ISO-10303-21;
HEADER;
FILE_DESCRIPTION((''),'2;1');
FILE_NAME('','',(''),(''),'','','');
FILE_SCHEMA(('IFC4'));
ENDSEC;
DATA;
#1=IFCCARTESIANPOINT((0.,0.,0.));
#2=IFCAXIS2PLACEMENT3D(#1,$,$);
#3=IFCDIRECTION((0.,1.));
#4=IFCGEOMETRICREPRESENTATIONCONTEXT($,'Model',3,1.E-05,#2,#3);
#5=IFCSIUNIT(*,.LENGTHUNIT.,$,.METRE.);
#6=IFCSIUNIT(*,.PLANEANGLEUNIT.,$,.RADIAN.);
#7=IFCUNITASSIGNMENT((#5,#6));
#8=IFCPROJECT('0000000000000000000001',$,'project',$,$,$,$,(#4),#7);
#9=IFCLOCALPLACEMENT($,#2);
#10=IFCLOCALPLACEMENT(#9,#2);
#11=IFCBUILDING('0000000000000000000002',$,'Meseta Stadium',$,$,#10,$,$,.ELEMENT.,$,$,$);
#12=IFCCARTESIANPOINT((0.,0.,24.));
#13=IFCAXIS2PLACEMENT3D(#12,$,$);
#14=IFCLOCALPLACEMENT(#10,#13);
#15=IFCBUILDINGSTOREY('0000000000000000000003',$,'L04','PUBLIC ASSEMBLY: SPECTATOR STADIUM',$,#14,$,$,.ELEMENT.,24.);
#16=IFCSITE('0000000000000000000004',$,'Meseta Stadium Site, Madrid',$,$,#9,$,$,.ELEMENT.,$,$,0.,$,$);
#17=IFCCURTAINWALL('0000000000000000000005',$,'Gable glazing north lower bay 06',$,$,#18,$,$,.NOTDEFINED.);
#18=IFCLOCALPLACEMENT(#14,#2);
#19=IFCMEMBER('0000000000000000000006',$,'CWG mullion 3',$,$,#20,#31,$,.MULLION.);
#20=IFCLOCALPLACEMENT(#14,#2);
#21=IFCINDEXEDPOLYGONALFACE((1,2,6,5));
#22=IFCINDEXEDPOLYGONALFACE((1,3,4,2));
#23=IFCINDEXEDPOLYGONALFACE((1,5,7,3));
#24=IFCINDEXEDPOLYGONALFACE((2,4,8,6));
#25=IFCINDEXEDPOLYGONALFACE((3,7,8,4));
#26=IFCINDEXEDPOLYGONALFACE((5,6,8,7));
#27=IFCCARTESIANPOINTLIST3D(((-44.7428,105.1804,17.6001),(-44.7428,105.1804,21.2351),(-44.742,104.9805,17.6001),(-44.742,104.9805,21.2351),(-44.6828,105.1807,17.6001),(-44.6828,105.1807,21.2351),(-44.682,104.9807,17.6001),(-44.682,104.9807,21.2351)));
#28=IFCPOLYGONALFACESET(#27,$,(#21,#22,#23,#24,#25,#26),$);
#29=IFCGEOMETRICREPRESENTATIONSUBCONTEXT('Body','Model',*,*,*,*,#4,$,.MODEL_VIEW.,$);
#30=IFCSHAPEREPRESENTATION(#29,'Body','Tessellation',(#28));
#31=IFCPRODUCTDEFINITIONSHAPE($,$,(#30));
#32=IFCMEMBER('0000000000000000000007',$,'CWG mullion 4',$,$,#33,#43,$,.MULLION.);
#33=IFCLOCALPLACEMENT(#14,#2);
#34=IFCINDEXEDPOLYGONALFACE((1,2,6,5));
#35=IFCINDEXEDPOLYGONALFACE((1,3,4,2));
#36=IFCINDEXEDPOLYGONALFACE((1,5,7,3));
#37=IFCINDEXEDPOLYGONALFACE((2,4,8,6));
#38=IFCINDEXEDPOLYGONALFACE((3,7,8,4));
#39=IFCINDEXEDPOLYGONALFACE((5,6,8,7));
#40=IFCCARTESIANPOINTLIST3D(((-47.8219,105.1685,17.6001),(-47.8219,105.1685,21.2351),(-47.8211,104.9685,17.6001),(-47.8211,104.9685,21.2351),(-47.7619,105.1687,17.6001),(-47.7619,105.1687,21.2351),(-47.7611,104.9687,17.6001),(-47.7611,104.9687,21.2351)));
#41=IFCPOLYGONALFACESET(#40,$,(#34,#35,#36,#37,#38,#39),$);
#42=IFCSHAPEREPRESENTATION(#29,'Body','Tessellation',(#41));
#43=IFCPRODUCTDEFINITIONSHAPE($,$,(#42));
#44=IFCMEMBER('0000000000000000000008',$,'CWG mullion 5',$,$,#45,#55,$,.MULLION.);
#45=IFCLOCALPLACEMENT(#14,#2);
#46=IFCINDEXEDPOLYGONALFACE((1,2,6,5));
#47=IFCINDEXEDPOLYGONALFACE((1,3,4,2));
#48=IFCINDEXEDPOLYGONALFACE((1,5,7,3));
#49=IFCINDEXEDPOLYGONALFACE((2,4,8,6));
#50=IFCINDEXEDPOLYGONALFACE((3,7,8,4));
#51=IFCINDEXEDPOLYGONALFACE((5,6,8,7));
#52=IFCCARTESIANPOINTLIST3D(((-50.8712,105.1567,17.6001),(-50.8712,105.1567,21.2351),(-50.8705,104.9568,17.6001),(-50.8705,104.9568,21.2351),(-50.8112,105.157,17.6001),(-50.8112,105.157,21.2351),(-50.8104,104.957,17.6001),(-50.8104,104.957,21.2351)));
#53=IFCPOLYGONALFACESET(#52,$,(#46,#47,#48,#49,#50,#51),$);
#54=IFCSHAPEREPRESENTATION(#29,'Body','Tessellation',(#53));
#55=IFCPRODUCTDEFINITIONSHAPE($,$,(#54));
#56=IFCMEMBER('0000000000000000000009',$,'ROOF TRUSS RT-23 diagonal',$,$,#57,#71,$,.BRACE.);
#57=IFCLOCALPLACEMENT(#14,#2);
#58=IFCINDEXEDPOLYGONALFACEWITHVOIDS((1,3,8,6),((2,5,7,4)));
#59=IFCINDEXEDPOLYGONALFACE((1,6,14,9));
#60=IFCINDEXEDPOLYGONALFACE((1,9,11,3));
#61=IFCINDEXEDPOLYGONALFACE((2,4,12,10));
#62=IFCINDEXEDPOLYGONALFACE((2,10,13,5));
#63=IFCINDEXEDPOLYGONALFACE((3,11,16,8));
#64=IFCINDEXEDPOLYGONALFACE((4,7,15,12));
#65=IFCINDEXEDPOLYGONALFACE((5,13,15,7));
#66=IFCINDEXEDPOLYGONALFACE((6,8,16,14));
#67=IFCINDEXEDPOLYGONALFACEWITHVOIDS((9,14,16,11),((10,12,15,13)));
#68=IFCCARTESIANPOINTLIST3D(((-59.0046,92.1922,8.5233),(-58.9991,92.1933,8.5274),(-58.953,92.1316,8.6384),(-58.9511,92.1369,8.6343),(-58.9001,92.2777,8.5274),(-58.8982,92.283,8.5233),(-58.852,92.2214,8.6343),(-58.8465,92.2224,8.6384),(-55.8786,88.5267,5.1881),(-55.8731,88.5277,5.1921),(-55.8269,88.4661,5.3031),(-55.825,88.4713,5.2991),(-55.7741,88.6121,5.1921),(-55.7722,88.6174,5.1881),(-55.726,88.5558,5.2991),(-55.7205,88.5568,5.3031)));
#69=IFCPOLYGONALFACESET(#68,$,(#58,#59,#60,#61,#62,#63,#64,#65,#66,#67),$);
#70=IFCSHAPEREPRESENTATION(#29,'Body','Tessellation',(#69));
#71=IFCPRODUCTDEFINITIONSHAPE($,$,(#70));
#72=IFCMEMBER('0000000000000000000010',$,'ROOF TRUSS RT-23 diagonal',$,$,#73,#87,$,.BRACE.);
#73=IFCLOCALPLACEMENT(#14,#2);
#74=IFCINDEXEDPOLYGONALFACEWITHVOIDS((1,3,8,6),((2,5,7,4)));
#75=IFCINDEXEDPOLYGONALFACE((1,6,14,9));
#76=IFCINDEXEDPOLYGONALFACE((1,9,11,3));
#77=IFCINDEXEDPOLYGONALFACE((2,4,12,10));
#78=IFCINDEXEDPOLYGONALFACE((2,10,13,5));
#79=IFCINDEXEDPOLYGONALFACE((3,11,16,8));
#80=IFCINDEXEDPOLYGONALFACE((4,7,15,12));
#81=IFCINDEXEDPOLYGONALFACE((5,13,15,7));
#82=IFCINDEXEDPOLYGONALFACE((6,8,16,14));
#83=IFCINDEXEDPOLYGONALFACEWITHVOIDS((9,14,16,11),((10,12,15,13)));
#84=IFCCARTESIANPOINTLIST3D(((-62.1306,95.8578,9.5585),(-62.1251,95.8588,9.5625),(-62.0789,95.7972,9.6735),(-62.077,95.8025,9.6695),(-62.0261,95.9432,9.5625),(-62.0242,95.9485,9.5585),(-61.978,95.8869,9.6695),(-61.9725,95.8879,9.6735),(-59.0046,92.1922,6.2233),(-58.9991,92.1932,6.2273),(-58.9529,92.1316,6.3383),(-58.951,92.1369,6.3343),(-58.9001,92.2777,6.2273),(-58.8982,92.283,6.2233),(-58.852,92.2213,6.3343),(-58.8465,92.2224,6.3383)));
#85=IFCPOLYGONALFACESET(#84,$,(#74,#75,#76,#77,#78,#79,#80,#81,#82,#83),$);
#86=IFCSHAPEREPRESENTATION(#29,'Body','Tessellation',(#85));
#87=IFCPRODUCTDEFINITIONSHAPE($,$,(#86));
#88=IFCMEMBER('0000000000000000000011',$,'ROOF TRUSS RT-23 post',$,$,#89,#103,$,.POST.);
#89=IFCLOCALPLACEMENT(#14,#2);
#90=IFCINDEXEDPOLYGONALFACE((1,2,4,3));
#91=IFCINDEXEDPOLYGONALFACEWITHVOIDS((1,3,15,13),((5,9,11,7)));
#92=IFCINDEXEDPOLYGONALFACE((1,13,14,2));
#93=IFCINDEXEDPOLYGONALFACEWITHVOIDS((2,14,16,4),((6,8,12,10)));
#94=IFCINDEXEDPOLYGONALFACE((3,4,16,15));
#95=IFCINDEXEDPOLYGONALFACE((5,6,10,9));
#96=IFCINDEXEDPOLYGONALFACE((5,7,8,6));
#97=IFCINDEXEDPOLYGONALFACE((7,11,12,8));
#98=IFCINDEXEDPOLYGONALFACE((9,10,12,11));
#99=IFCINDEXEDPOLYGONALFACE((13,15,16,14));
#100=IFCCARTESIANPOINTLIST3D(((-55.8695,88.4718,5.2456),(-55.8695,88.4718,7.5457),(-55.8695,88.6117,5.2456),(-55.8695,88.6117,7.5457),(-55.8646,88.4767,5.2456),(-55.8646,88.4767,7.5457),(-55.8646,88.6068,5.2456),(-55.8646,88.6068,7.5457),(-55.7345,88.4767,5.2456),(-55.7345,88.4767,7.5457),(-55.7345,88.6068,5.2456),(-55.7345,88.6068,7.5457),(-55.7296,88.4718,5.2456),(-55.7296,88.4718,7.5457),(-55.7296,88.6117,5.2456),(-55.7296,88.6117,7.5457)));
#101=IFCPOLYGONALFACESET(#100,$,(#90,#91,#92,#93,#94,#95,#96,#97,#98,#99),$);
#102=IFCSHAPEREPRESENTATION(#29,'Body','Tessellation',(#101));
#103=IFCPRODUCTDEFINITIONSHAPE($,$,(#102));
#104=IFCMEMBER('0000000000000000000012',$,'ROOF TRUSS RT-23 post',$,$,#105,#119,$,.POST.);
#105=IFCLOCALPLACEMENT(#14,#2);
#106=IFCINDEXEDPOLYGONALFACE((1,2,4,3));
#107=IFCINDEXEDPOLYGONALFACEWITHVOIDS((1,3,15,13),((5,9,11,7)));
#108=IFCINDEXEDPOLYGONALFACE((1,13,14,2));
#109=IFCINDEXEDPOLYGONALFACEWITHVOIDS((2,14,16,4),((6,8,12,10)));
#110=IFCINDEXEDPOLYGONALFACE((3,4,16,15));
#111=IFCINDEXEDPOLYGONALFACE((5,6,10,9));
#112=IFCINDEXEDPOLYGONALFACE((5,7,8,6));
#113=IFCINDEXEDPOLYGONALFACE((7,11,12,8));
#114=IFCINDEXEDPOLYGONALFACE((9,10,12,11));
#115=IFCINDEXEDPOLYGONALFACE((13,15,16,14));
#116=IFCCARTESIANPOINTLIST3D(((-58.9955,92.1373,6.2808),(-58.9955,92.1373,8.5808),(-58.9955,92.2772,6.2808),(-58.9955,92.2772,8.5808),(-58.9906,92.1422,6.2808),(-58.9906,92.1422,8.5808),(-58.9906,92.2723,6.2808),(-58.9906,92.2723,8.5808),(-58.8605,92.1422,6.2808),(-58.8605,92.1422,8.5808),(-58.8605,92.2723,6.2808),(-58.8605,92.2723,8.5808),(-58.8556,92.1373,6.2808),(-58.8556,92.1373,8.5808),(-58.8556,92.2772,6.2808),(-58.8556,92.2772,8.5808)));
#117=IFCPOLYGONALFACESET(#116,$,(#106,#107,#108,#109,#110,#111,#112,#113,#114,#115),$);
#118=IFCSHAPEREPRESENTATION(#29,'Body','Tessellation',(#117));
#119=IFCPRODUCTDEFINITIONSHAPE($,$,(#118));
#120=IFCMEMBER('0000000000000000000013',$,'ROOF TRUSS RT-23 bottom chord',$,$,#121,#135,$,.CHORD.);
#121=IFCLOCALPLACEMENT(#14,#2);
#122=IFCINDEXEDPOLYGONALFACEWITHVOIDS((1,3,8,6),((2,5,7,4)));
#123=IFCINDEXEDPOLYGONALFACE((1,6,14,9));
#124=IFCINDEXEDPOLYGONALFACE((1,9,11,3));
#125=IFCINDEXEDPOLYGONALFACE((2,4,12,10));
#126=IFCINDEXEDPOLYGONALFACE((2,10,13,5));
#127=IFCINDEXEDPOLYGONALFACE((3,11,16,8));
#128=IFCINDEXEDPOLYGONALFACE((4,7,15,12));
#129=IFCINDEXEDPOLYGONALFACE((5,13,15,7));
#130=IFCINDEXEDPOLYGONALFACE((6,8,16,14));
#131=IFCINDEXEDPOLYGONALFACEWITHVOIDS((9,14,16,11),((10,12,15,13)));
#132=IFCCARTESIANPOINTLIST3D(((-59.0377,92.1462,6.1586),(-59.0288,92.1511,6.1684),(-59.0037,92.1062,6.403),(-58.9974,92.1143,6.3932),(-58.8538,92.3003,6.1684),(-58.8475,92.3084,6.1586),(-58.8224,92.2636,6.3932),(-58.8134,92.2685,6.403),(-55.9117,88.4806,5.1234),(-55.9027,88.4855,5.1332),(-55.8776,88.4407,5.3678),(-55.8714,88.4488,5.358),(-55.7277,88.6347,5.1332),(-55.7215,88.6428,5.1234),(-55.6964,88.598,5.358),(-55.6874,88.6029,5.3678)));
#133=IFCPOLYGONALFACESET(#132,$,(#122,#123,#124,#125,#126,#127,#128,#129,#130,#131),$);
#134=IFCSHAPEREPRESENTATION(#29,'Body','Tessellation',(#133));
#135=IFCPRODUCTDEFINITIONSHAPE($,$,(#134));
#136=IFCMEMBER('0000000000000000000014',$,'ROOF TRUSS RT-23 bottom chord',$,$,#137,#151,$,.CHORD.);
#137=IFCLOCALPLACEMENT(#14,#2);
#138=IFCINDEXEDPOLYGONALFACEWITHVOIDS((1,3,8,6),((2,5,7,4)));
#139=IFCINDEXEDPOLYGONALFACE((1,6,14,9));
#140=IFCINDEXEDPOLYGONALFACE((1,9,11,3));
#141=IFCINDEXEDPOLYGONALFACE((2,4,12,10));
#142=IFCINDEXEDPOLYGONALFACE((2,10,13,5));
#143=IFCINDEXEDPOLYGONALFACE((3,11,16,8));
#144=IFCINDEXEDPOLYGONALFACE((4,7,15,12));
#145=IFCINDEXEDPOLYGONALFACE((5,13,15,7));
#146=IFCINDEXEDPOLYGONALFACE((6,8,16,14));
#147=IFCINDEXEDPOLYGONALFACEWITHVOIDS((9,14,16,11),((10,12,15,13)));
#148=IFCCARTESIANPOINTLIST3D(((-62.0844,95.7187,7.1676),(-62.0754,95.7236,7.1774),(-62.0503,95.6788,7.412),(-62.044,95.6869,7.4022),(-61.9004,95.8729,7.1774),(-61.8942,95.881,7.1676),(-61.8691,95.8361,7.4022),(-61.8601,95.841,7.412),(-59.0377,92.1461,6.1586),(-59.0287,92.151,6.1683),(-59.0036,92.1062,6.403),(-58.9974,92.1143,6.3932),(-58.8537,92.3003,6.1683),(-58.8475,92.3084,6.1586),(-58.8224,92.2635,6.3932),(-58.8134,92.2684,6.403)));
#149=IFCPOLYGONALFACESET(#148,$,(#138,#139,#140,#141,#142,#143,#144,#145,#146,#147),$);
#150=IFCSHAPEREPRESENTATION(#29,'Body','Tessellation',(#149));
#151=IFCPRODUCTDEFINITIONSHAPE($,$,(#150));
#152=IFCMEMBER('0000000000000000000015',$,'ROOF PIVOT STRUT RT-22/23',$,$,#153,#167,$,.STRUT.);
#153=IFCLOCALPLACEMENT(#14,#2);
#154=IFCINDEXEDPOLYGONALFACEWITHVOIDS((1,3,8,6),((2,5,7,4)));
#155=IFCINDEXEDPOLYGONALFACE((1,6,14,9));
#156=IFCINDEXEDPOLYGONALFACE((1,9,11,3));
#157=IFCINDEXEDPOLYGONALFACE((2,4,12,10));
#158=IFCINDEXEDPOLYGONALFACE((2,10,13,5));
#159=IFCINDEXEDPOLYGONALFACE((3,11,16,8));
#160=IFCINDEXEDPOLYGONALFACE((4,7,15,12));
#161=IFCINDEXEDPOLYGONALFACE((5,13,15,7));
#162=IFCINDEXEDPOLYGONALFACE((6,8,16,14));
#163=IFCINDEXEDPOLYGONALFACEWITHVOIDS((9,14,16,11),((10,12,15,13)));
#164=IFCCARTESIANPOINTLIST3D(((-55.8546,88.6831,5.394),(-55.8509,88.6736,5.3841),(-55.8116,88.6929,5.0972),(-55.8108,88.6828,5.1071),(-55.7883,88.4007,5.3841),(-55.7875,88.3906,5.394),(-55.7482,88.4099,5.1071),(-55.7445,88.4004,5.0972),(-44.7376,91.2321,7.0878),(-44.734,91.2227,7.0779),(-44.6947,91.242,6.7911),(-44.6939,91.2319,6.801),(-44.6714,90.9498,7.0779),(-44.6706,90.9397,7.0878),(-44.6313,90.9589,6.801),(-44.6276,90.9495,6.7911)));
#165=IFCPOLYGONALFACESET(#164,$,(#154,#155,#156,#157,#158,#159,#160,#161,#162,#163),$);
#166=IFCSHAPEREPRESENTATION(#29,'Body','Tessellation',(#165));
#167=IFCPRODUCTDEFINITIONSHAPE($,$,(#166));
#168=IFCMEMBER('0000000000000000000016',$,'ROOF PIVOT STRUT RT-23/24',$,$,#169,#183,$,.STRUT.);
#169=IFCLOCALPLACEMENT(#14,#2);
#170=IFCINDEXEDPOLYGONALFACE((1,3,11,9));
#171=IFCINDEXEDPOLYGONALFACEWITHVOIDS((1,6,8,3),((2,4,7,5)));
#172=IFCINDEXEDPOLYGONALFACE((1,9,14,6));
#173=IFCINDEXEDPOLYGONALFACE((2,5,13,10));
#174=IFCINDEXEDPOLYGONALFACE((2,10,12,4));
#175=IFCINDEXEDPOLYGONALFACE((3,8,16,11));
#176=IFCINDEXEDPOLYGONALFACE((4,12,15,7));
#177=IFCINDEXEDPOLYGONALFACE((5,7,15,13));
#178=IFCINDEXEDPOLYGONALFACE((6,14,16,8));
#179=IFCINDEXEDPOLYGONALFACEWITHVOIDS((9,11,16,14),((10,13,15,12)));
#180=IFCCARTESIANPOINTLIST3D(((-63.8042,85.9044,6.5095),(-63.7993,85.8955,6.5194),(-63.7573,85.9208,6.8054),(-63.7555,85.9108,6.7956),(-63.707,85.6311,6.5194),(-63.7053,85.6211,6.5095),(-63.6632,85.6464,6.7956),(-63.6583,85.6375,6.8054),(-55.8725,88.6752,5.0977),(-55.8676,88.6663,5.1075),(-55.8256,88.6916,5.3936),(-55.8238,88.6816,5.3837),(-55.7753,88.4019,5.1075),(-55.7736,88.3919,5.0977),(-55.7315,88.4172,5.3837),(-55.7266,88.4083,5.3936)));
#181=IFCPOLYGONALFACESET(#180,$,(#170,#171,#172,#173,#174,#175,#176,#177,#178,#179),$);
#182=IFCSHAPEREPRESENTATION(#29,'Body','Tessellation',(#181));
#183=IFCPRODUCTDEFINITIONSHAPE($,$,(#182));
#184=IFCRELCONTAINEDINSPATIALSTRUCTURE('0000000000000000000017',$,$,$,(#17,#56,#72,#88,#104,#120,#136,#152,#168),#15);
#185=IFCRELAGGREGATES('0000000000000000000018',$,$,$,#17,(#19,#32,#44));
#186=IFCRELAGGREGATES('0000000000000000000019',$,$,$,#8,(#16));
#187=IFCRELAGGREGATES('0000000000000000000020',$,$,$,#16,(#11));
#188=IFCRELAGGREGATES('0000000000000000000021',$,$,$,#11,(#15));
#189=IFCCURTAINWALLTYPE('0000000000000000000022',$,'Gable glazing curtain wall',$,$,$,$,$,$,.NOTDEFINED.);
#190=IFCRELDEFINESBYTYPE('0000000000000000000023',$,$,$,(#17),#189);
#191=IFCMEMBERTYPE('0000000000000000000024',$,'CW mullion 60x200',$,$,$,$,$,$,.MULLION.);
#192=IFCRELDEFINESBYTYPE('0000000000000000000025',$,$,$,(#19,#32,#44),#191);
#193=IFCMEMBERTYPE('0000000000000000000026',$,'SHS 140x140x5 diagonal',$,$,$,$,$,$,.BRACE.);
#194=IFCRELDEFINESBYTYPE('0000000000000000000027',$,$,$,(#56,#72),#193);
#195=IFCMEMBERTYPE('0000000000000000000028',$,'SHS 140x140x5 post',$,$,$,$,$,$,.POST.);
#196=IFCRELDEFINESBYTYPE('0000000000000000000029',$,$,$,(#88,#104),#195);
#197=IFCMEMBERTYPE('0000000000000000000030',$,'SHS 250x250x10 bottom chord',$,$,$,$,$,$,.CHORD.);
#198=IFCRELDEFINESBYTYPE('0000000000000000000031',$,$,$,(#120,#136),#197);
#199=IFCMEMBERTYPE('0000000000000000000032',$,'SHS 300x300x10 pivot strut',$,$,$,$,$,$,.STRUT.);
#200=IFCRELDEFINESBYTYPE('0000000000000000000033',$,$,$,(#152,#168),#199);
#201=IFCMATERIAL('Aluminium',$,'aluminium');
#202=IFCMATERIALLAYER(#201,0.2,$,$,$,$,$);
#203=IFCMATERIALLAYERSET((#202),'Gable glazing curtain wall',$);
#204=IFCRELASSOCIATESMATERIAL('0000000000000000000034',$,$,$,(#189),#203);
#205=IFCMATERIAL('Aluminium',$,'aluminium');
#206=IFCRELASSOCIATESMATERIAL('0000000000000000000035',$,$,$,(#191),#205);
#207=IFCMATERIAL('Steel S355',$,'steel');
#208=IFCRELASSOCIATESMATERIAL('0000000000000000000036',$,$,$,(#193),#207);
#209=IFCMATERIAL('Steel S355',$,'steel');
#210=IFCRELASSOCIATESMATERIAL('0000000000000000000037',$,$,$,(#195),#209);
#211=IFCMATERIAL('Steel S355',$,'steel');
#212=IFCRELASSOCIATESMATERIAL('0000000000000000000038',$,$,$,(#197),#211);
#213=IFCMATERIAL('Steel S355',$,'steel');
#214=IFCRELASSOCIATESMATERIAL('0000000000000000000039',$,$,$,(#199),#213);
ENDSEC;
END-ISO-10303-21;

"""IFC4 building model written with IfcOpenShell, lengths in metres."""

from ifc_helpers import new_model, si_unit, direction, frame, origin, origin_2d, place, context, subcontext, project, spatial, rectangle, hollow_rectangle, extrude, material, layer, layer_set, material_profile, profile_set, type_object, element, aggregate, save


model = new_model("IFC4")

# Units and contexts
model_context = context("Model", 3, precision=1e-05, world=origin(), true_north=direction((0.0, 1.0)))
body_context = subcontext(model_context, "Body", "Model", "MODEL_VIEW")
ifc_project = project(units=[si_unit("LENGTHUNIT", "METRE"), si_unit("PLANEANGLEUNIT", "RADIAN")], contexts=[model_context])

# Site, building, storey
site_placement = place(None, origin())
site = spatial("IfcSite", under=ifc_project, at=site_placement, Name="Meseta Stadium Site, Madrid", CompositionType="ELEMENT", RefElevation=0.0)
building_placement = place(site_placement, origin())
building = spatial("IfcBuilding", under=site, at=building_placement, Name="Meseta Stadium", CompositionType="ELEMENT")
storey_placement = place(building_placement, frame((0.0, 0.0, 24.0)))
storey = spatial("IfcBuildingStorey", under=building, at=storey_placement, Name="L04", Description="PUBLIC ASSEMBLY: SPECTATOR STADIUM", CompositionType="ELEMENT", Elevation=24.0)

# Curtain wall, members
ifc_material_1 = material(Name="Aluminium", Category="aluminium")
ifc_layer_1 = layer(ifc_material_1, 0.2)
ifc_layer_set_1 = layer_set([ifc_layer_1], Name="Gable glazing curtain wall")
curtain_wall_type = type_object("IfcCurtainWallType", Name="Gable glazing curtain wall", PredefinedType="NOTDEFINED", material=ifc_layer_set_1)
curtain_wall_placement = place(storey_placement, origin())
curtain_wall = element("IfcCurtainWall", 1, at=curtain_wall_placement, inside=storey, type_object=curtain_wall_type, Name="Gable glazing north lower bay 06", PredefinedType="NOTDEFINED")
ifc_material_2 = material(Name="Aluminium", Category="aluminium")
ifc_material_profile_1 = material_profile(ifc_material_2, rectangle(XDim=0.2, YDim=0.0601, at=origin_2d()), Name="CW 200x60")
ifc_profile_set_1 = profile_set([ifc_material_profile_1], Name="Aluminium")
member_type_1 = type_object("IfcMemberType", Name="CW mullion 60x200", PredefinedType="MULLION", material=ifc_profile_set_1)
member_1_placement = place(storey_placement, frame((-44.7124, 105.0806, 17.6001), z_axis=(0.0, 0.0, 1.0), x_axis=(0.003848, -0.999993, 0.0)))
member_1 = element("IfcMember", 2, at=member_1_placement, type_object=member_type_1, Name="CWG mullion 3", PredefinedType="MULLION", context=body_context, shape_type="SweptSolid", body=[
    extrude(rectangle(XDim=0.2, YDim=0.0601, at=origin_2d()), origin(), (0.0, 0.0, 1.0), 3.635),
])
member_2_placement = place(storey_placement, frame((-47.7915, 105.0686, 17.6001), z_axis=(0.0, 0.0, 1.0), x_axis=(0.003848, -0.999993, 0.0)))
member_2 = element("IfcMember", 3, at=member_2_placement, type_object=member_type_1, Name="CWG mullion 4", PredefinedType="MULLION", context=body_context, shape_type="SweptSolid", body=[
    extrude(rectangle(XDim=0.2, YDim=0.0601, at=origin_2d()), origin(), (0.0, 0.0, 1.0), 3.635),
])
member_3_placement = place(storey_placement, frame((-50.8408, 105.0569, 17.6001), z_axis=(0.0, 0.0, 1.0), x_axis=(0.003848, -0.999993, 0.0)))
member_3 = element("IfcMember", 4, at=member_3_placement, type_object=member_type_1, Name="CWG mullion 5", PredefinedType="MULLION", context=body_context, shape_type="SweptSolid", body=[
    extrude(rectangle(XDim=0.2, YDim=0.0601, at=origin_2d()), origin(), (0.0, 0.0, 1.0), 3.635),
])
aggregate(curtain_wall, [member_1, member_2, member_3])

# Members
ifc_material_3 = material(Name="Steel S355", Category="steel")
ifc_material_profile_2 = material_profile(ifc_material_3, hollow_rectangle(XDim=0.1399, YDim=0.1399, WallThickness=0.0049, at=origin_2d()), Name="SHS 140x140x5")
ifc_profile_set_2 = profile_set([ifc_material_profile_2], Name="Steel S355")
member_type_2 = type_object("IfcMemberType", Name="SHS 140x140x5 diagonal", PredefinedType="BRACE", material=ifc_profile_set_2)
for number, where, z_axis, x_axis, name in (
    (5, (-55.7996, 88.5417, 5.2456), (-0.533507, 0.625591, 0.569215), (-0.760885, -0.648886, 0.0), "ROOF TRUSS RT-23 diagonal"),
    (6, (-58.9255, 92.2073, 6.2808), (-0.533507, 0.625591, 0.569215), (-0.760885, -0.648886, 0.0), "ROOF TRUSS RT-23 diagonal"),
):
    element("IfcMember", number, at=place(storey_placement, frame(where, z_axis=z_axis, x_axis=x_axis)), inside=storey, type_object=member_type_2, Name=name, PredefinedType="BRACE", context=body_context, shape_type="SweptSolid", body=[
        extrude(hollow_rectangle(XDim=0.1399, YDim=0.1399, WallThickness=0.0049, at=origin_2d()), origin(), (0.0, 0.0, 1.0), 5.8594),
    ])
ifc_material_4 = material(Name="Steel S355", Category="steel")
ifc_material_profile_3 = material_profile(ifc_material_4, hollow_rectangle(XDim=0.1399, YDim=0.1399, WallThickness=0.0049, at=origin_2d()), Name="SHS 140x140x5")
ifc_profile_set_3 = profile_set([ifc_material_profile_3], Name="Steel S355")
member_type_3 = type_object("IfcMemberType", Name="SHS 140x140x5 post", PredefinedType="POST", material=ifc_profile_set_3)
for number, where, z_axis, x_axis, name in (
    (7, (-55.7996, 88.5417, 5.2456), (0.0, 0.0, 1.0), (1.0, 0.0, 0.0), "ROOF TRUSS RT-23 post"),
    (8, (-58.9255, 92.2073, 6.2808), (0.0, 0.0, 1.0), (1.0, 0.0, 0.0), "ROOF TRUSS RT-23 post"),
):
    element("IfcMember", number, at=place(storey_placement, frame(where, z_axis=z_axis, x_axis=x_axis)), inside=storey, type_object=member_type_3, Name=name, PredefinedType="POST", context=body_context, shape_type="SweptSolid", body=[
        extrude(hollow_rectangle(XDim=0.1399, YDim=0.1399, WallThickness=0.0049, at=origin_2d()), origin(), (0.0, 0.0, 1.0), 2.3),
    ])
ifc_material_5 = material(Name="Steel S355", Category="steel")
ifc_material_profile_4 = material_profile(ifc_material_5, hollow_rectangle(XDim=0.25, YDim=0.25, WallThickness=0.01, at=origin_2d()), Name="SHS 250x250x10")
ifc_profile_set_4 = profile_set([ifc_material_profile_4], Name="Steel S355")
member_type_4 = type_object("IfcMemberType", Name="SHS 250x250x10 bottom chord", PredefinedType="CHORD", material=ifc_profile_set_4)
member_4_placement = place(storey_placement, frame((-55.7996, 88.5417, 5.2456), z_axis=(-0.634406, 0.743905, 0.210081), x_axis=(-0.760885, -0.648886, 0.0)))
element("IfcMember", 9, at=member_4_placement, inside=storey, type_object=member_type_4, Name="ROOF TRUSS RT-23 bottom chord", PredefinedType="CHORD", context=body_context, shape_type="SweptSolid", body=[
    extrude(hollow_rectangle(XDim=0.25, YDim=0.25, WallThickness=0.01, at=origin_2d()), origin(), (0.0, 0.0, 1.0), 4.9275),
])
member_5_placement = place(storey_placement, frame((-58.9255, 92.2073, 6.2808), z_axis=(-0.634399, 0.743903, 0.210111), x_axis=(-0.760888, -0.648884, 0.0)))
element("IfcMember", 10, at=member_5_placement, inside=storey, type_object=member_type_4, Name="ROOF TRUSS RT-23 bottom chord", PredefinedType="CHORD", context=body_context, shape_type="SweptSolid", body=[
    extrude(hollow_rectangle(XDim=0.25, YDim=0.25, WallThickness=0.01, at=origin_2d()), origin(), (0.0, 0.0, 1.0), 4.8025),
])
ifc_material_6 = material(Name="Steel S355", Category="steel")
ifc_material_profile_5 = material_profile(ifc_material_6, hollow_rectangle(XDim=0.3, YDim=0.3, WallThickness=0.01, at=origin_2d()), Name="SHS 300x300x10")
ifc_profile_set_5 = profile_set([ifc_material_profile_5], Name="Steel S355")
member_type_5 = type_object("IfcMemberType", Name="SHS 300x300x10 pivot strut", PredefinedType="STRUT", material=ifc_profile_set_5)
member_6_placement = place(storey_placement, frame((-44.6826, 91.0908, 6.9395), z_axis=(-0.96413, -0.221071, -0.146901), x_axis=(0.223496, -0.974705, 0.0)))
element("IfcMember", 11, at=member_6_placement, inside=storey, type_object=member_type_5, Name="ROOF PIVOT STRUT RT-22/23", PredefinedType="STRUT", context=body_context, shape_type="SweptSolid", body=[
    extrude(hollow_rectangle(XDim=0.3, YDim=0.3, WallThickness=0.01, at=origin_2d()), origin(), (0.0, 0.0, 1.0), 11.5305),
])
member_7_placement = place(storey_placement, frame((-55.7996, 88.5417, 5.2456), z_axis=(-0.931002, -0.325226, 0.165722), x_axis=(0.329786, -0.944056, 0.0)))
element("IfcMember", 12, at=member_7_placement, inside=storey, type_object=member_type_5, Name="ROOF PIVOT STRUT RT-23/24", PredefinedType="STRUT", context=body_context, shape_type="SweptSolid", body=[
    extrude(hollow_rectangle(XDim=0.3, YDim=0.3, WallThickness=0.01, at=origin_2d()), origin(), (0.0, 0.0, 1.0), 8.5195),
])

save(model, "model.ifc")
